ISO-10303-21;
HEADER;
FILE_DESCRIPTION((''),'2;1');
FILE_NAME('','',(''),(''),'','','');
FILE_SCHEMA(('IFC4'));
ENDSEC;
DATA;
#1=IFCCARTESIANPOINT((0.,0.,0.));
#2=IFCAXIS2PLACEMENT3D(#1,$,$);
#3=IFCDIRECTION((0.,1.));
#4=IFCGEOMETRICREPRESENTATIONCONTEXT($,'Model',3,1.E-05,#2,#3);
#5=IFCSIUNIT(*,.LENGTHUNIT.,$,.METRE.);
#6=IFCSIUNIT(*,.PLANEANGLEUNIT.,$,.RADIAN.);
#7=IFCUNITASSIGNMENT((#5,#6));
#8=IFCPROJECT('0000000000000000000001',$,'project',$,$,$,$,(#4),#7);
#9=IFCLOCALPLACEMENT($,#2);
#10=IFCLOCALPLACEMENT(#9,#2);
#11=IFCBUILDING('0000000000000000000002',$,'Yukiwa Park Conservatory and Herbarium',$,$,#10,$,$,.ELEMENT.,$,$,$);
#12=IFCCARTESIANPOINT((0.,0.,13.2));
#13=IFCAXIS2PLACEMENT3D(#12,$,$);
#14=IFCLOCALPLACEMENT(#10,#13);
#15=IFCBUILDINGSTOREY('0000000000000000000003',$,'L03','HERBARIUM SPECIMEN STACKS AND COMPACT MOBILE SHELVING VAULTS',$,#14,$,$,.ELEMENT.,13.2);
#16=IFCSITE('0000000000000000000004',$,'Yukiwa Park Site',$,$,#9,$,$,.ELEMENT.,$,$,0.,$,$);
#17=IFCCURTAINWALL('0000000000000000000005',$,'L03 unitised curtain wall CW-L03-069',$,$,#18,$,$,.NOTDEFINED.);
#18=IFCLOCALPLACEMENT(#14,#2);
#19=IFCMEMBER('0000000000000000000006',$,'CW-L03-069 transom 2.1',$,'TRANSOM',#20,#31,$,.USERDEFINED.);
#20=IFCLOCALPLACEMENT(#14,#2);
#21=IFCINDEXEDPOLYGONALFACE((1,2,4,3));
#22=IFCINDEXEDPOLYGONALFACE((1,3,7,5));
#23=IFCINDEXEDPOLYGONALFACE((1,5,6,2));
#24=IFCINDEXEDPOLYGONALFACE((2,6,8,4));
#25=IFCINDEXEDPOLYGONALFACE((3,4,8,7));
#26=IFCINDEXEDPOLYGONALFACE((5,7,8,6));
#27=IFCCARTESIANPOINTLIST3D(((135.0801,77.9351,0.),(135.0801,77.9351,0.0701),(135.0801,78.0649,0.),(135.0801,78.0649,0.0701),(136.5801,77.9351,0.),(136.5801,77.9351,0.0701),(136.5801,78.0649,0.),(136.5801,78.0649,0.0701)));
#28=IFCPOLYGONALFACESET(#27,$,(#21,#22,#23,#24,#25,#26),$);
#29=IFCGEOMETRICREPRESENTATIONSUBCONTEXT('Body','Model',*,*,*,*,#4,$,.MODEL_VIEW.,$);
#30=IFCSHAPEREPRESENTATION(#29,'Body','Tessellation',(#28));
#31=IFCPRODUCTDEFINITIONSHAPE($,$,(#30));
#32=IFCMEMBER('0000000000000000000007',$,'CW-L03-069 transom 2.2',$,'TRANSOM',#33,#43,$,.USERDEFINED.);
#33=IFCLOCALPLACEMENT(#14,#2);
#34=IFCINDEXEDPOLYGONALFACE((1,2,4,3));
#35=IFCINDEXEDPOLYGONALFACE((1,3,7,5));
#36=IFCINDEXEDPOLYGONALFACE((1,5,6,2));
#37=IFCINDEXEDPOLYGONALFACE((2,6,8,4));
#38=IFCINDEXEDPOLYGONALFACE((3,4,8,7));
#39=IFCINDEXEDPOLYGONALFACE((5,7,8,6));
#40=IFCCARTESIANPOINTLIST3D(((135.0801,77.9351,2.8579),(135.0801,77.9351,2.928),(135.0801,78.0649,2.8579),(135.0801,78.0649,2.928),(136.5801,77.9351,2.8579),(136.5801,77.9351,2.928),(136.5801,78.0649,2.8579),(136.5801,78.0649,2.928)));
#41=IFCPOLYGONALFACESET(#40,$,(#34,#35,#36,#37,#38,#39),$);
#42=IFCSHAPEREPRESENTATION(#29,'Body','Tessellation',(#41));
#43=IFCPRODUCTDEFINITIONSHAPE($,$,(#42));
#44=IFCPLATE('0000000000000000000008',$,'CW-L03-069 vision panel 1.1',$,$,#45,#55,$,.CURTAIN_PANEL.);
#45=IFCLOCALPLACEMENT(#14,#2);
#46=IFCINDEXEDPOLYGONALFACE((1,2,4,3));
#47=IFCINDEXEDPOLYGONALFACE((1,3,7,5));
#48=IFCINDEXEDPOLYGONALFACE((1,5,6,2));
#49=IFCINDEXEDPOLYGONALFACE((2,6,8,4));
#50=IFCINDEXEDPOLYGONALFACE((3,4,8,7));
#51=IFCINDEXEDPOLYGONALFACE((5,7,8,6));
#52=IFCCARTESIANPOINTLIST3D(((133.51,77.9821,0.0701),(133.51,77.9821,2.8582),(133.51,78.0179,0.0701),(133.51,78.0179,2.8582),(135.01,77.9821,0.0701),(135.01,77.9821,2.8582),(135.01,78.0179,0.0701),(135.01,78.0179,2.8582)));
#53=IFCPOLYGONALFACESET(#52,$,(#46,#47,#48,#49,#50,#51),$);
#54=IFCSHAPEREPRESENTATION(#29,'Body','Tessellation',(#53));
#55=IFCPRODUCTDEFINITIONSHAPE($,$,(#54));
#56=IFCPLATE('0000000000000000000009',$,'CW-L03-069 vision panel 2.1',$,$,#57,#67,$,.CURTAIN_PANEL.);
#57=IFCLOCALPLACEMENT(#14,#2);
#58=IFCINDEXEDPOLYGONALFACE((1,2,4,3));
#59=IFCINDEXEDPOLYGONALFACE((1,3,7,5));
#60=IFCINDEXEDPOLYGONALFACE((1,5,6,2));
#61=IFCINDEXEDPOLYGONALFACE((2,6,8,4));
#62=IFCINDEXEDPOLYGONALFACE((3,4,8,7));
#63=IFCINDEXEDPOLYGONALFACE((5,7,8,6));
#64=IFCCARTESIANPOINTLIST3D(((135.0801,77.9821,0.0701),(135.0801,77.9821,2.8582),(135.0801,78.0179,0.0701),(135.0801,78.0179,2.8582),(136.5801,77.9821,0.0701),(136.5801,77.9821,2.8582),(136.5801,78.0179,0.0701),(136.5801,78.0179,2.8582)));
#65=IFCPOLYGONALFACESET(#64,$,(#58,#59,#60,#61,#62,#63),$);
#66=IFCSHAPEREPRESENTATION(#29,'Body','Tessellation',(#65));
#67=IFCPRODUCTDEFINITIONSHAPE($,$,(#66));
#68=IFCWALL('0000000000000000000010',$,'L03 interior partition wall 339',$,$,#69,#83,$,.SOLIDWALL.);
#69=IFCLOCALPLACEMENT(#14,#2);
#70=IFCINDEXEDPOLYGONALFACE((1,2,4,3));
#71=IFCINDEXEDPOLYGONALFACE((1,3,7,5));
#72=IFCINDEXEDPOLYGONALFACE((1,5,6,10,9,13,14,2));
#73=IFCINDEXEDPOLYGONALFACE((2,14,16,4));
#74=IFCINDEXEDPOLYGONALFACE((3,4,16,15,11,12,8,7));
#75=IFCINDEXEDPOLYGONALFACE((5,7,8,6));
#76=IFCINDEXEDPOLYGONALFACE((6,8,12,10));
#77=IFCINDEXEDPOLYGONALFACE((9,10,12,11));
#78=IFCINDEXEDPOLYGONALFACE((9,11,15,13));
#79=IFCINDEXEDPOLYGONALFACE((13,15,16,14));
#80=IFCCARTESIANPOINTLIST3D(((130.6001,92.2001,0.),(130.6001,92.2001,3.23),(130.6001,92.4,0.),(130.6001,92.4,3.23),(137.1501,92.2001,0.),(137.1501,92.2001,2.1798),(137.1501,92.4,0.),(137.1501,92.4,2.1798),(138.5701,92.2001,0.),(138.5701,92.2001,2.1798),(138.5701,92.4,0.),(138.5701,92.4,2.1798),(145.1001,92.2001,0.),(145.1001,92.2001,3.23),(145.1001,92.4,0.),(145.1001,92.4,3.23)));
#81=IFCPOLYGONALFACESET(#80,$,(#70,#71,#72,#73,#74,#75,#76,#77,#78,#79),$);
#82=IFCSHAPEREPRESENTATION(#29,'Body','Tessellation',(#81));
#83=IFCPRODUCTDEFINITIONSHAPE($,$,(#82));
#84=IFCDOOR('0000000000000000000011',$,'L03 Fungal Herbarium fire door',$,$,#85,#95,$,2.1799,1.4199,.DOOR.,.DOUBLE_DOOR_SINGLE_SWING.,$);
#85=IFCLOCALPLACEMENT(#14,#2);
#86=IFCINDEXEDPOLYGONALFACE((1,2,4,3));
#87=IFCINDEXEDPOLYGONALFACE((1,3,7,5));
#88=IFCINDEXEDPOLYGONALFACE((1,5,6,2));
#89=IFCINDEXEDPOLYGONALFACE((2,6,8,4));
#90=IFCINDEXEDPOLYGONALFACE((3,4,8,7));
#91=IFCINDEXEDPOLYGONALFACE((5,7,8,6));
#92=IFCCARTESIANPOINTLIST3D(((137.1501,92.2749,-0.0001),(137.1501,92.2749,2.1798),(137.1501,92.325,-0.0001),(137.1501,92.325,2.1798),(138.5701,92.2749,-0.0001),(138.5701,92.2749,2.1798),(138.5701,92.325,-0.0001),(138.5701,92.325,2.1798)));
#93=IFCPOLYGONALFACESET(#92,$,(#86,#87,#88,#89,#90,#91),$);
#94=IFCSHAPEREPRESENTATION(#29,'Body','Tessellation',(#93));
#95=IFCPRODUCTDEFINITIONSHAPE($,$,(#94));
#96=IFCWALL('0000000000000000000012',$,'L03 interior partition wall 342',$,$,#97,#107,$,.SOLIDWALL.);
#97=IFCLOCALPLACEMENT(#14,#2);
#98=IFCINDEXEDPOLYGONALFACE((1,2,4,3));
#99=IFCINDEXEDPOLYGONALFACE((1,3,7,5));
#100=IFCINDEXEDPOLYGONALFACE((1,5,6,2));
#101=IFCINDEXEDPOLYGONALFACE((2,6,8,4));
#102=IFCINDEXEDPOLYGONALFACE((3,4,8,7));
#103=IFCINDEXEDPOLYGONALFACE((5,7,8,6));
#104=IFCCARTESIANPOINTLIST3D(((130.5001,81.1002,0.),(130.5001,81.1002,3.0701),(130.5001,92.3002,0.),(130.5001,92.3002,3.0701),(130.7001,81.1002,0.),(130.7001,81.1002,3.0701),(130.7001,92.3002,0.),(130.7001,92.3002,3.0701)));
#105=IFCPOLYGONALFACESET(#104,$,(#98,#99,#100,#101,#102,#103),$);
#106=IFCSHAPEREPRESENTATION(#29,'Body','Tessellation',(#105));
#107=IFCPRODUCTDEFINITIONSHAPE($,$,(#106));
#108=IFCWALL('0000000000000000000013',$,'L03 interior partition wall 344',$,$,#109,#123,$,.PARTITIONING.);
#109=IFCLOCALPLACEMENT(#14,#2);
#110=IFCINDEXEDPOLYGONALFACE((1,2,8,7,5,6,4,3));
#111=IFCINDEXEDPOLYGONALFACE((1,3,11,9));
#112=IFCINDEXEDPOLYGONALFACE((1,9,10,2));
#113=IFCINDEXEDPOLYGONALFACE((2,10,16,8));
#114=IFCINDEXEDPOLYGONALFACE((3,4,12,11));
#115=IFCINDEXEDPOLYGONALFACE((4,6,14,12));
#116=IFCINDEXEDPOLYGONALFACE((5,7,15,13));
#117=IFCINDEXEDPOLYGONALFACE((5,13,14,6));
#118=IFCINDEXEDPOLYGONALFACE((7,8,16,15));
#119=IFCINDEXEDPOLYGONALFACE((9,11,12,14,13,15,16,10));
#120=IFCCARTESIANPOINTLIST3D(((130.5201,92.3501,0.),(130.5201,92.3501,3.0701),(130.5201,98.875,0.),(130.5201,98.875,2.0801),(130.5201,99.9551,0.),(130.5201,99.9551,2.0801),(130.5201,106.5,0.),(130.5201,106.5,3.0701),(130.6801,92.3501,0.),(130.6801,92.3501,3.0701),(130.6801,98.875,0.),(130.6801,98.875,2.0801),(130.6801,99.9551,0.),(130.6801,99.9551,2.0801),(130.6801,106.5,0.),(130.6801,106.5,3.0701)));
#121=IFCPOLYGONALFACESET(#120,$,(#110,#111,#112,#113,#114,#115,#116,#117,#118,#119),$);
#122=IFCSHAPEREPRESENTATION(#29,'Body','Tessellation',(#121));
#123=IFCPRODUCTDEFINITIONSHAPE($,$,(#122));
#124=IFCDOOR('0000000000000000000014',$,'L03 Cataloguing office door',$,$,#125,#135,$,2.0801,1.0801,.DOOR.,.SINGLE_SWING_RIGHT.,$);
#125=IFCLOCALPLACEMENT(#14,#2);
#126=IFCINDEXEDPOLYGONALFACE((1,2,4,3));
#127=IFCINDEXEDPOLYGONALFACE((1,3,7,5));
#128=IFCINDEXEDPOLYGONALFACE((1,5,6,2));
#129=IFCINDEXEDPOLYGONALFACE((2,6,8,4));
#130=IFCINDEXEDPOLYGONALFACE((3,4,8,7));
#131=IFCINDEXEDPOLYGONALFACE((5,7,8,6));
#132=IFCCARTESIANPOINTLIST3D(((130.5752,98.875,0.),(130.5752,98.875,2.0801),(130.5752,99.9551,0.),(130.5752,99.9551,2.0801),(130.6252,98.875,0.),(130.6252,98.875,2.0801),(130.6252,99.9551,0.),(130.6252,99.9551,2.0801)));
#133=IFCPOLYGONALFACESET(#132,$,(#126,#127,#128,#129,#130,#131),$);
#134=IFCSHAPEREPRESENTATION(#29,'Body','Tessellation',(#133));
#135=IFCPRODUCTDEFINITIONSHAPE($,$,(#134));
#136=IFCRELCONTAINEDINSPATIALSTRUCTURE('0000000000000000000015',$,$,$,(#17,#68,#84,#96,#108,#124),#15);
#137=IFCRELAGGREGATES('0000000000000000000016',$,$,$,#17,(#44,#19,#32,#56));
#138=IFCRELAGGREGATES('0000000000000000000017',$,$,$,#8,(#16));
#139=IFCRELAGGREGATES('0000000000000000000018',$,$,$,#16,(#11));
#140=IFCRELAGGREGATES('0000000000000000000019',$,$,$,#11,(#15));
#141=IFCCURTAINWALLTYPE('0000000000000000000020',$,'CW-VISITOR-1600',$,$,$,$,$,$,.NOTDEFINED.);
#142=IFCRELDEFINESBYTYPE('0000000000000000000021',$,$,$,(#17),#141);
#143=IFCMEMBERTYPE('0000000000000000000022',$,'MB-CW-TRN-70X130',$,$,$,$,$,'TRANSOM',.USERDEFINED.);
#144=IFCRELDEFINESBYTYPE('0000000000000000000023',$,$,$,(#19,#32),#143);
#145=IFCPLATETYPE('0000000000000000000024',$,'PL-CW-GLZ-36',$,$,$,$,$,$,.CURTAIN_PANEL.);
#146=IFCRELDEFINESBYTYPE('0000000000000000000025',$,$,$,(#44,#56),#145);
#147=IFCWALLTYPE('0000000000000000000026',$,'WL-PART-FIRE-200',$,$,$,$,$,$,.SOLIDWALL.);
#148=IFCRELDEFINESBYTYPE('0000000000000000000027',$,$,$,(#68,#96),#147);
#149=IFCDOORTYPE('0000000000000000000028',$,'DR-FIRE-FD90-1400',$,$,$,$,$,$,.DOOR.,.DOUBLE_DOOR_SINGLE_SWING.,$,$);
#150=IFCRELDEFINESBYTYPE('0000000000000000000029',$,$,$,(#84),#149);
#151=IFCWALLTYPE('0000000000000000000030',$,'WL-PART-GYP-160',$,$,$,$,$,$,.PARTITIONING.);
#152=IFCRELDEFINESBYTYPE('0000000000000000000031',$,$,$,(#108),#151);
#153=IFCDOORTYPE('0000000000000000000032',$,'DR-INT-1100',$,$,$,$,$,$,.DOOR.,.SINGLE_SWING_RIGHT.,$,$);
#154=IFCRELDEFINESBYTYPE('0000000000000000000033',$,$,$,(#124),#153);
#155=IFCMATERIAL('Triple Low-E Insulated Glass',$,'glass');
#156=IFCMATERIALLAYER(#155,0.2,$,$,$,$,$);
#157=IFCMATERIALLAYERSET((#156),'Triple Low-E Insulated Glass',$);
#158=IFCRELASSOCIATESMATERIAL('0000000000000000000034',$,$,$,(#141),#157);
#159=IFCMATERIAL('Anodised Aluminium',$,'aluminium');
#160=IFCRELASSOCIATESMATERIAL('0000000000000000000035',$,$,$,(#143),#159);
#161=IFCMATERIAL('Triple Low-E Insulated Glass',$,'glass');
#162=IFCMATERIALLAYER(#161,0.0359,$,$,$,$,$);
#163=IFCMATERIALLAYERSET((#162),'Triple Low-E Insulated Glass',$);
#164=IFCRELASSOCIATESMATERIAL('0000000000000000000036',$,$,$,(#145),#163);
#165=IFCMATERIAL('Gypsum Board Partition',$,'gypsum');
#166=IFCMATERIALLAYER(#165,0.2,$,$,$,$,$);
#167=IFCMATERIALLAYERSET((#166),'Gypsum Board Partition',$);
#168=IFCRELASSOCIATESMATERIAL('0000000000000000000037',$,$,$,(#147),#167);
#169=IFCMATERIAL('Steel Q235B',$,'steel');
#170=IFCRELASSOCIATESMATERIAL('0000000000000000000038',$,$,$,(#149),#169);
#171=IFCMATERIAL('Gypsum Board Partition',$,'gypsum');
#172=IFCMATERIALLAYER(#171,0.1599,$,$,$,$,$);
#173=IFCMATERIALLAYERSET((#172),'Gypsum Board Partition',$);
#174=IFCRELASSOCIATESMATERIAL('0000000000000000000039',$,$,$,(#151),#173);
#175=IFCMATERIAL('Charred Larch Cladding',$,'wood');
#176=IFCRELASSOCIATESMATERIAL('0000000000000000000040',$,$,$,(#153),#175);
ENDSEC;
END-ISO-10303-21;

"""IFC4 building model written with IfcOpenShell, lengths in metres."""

from ifc_helpers import new_model, si_unit, direction, frame, frame_2d, origin, origin_2d, place, context, subcontext, project, spatial, rectangle, extrude, material, layer, layer_set, type_object, element, fill, aggregate, save


model = new_model("IFC4")

# Units and contexts
model_context = context("Model", 3, precision=1e-05, world=origin(), true_north=direction((0.0, 1.0)))
body_context = subcontext(model_context, "Body", "Model", "MODEL_VIEW")
ifc_project = project(units=[si_unit("LENGTHUNIT", "METRE"), si_unit("PLANEANGLEUNIT", "RADIAN")], contexts=[model_context])

# Site, building, storey
site_placement = place(None, origin())
site = spatial("IfcSite", under=ifc_project, at=site_placement, Name="Yukiwa Park Site", CompositionType="ELEMENT", RefElevation=0.0)
building_placement = place(site_placement, origin())
building = spatial("IfcBuilding", under=site, at=building_placement, Name="Yukiwa Park Conservatory and Herbarium", CompositionType="ELEMENT")
storey_placement = place(building_placement, frame((0.0, 0.0, 13.2)))
storey = spatial("IfcBuildingStorey", under=building, at=storey_placement, Name="L03", Description="HERBARIUM SPECIMEN STACKS AND COMPACT MOBILE SHELVING VAULTS", CompositionType="ELEMENT", Elevation=13.2)

# Curtain wall, members, plates
ifc_material_1 = material(Name="Triple Low-E Insulated Glass", Category="glass")
ifc_layer_1 = layer(ifc_material_1, 0.2)
ifc_layer_set_1 = layer_set([ifc_layer_1], Name="Triple Low-E Insulated Glass")
curtain_wall_type = type_object("IfcCurtainWallType", Name="CW-VISITOR-1600", PredefinedType="NOTDEFINED", material=ifc_layer_set_1)
curtain_wall_placement = place(storey_placement, origin())
curtain_wall = element("IfcCurtainWall", 1, at=curtain_wall_placement, inside=storey, type_object=curtain_wall_type, Name="L03 unitised curtain wall CW-L03-069", PredefinedType="NOTDEFINED")
ifc_material_2 = material(Name="Anodised Aluminium", Category="aluminium")
member_type_1 = type_object("IfcMemberType", Name="MB-CW-TRN-70X130", ElementType="TRANSOM", PredefinedType="USERDEFINED", material=ifc_material_2)
member_1_placement = place(storey_placement, frame((135.8301, 78.0, 0.0), z_axis=(0.0, 0.0, 1.0), x_axis=(1.0, 0.0, 0.0)))
member_1 = element("IfcMember", 2, at=member_1_placement, type_object=member_type_1, Name="CW-L03-069 transom 2.1", ObjectType="TRANSOM", PredefinedType="USERDEFINED", context=body_context, shape_type="SweptSolid", body=[
    extrude(rectangle(XDim=1.5, YDim=0.1299, at=origin_2d()), origin(), (0.0, 0.0, 1.0), 0.0701),
])
member_2_placement = place(storey_placement, frame((135.8301, 78.0, 2.8579), z_axis=(0.0, 0.0, 1.0), x_axis=(1.0, 0.0, 0.0)))
member_2 = element("IfcMember", 3, at=member_2_placement, type_object=member_type_1, Name="CW-L03-069 transom 2.2", ObjectType="TRANSOM", PredefinedType="USERDEFINED", context=body_context, shape_type="SweptSolid", body=[
    extrude(rectangle(XDim=1.5, YDim=0.1299, at=origin_2d()), origin(), (0.0, 0.0, 1.0), 0.0701),
])
ifc_material_3 = material(Name="Triple Low-E Insulated Glass", Category="glass")
ifc_layer_2 = layer(ifc_material_3, 0.0359)
ifc_layer_set_2 = layer_set([ifc_layer_2], Name="Triple Low-E Insulated Glass")
plate_type = type_object("IfcPlateType", Name="PL-CW-GLZ-36", PredefinedType="CURTAIN_PANEL", material=ifc_layer_set_2)
plate_1_placement = place(storey_placement, frame((134.26, 78.0, 0.0701), z_axis=(0.0, 0.0, 1.0), x_axis=(1.0, 0.0, 0.0)))
plate_1 = element("IfcPlate", 4, at=plate_1_placement, type_object=plate_type, Name="CW-L03-069 vision panel 1.1", PredefinedType="CURTAIN_PANEL", context=body_context, shape_type="SweptSolid", body=[
    extrude(rectangle(XDim=1.5, YDim=0.0359, at=origin_2d()), origin(), (0.0, 0.0, 1.0), 2.7881),
])
plate_2_placement = place(storey_placement, frame((135.8301, 78.0, 0.0701), z_axis=(0.0, 0.0, 1.0), x_axis=(1.0, 0.0, 0.0)))
plate_2 = element("IfcPlate", 5, at=plate_2_placement, type_object=plate_type, Name="CW-L03-069 vision panel 2.1", PredefinedType="CURTAIN_PANEL", context=body_context, shape_type="SweptSolid", body=[
    extrude(rectangle(XDim=1.5, YDim=0.0359, at=origin_2d()), origin(), (0.0, 0.0, 1.0), 2.7881),
])
aggregate(curtain_wall, [plate_1, member_1, member_2, plate_2])

# Wall, opening, door
ifc_material_4 = material(Name="Gypsum Board Partition", Category="gypsum")
ifc_layer_3 = layer(ifc_material_4, 0.2)
ifc_layer_set_3 = layer_set([ifc_layer_3], Name="Gypsum Board Partition")
wall_type_1 = type_object("IfcWallType", Name="WL-PART-FIRE-200", PredefinedType="SOLIDWALL", material=ifc_layer_set_3)
wall_1_placement = place(storey_placement, frame((130.6001, 92.3, 0.0), z_axis=(0.0, 0.0, 1.0), x_axis=(1.0, 0.0, 0.0)))
wall_1 = element("IfcWall", 6, at=wall_1_placement, inside=storey, type_object=wall_type_1, Name="L03 interior partition wall 339", PredefinedType="SOLIDWALL", context=body_context, shape_type="SweptSolid", body=[
    extrude(rectangle(XDim=14.5, YDim=0.2, at=frame_2d((7.25, 0.0))), origin(), (0.0, 0.0, 1.0), 3.23),
])
opening_1_placement = place(wall_1_placement, frame((6.55, 0.0, 0.0)))
opening_1 = element("IfcOpeningElement", 7, at=opening_1_placement, cuts=wall_1, PredefinedType="OPENING", context=body_context, shape_type="SweptSolid", body=[
    extrude(rectangle(XDim=1.4199, YDim=2.1799, at=frame_2d((0.71, 1.0898))), frame((0.0, 0.1099, 0.0), z_axis=(0.0, -1.0, 0.0), x_axis=(1.0, 0.0, 0.0)), (0.0, 0.0, 1.0), 0.22),
])
ifc_material_5 = material(Name="Steel Q235B", Category="steel")
door_type_1 = type_object("IfcDoorType", Name="DR-FIRE-FD90-1400", OperationType="DOUBLE_DOOR_SINGLE_SWING", PredefinedType="DOOR", material=ifc_material_5)
door_1_placement = place(opening_1_placement, origin())
door_1 = element("IfcDoor", 8, at=door_1_placement, inside=storey, type_object=door_type_1, Name="L03 Fungal Herbarium fire door", OperationType="DOUBLE_DOOR_SINGLE_SWING", OverallHeight=2.1799, OverallWidth=1.4199, PredefinedType="DOOR", context=body_context, shape_type="SweptSolid", body=[
    extrude(rectangle(XDim=1.4199, YDim=2.1799, at=frame_2d((0.71, 1.0898))), frame((0.0, 0.0249, 0.0), z_axis=(0.0, -1.0, 0.0), x_axis=(1.0, 0.0, 0.0)), (0.0, 0.0, 1.0), 0.05),
])
fill(opening_1, door_1)

# Wall
wall_2_placement = place(storey_placement, frame((130.6001, 81.1001, 0.0), z_axis=(0.0, 0.0, 1.0), x_axis=(0.0, 1.0, 0.0)))
element("IfcWall", 9, at=wall_2_placement, inside=storey, type_object=wall_type_1, Name="L03 interior partition wall 342", PredefinedType="SOLIDWALL", context=body_context, shape_type="SweptSolid", body=[
    extrude(rectangle(XDim=11.2, YDim=0.2, at=frame_2d((5.6001, 0.0))), origin(), (0.0, 0.0, 1.0), 3.0701),
])

# Wall, opening, door
ifc_material_6 = material(Name="Gypsum Board Partition", Category="gypsum")
ifc_layer_4 = layer(ifc_material_6, 0.1599)
ifc_layer_set_4 = layer_set([ifc_layer_4], Name="Gypsum Board Partition")
wall_type_2 = type_object("IfcWallType", Name="WL-PART-GYP-160", PredefinedType="PARTITIONING", material=ifc_layer_set_4)
wall_3_placement = place(storey_placement, frame((130.6001, 92.3501, 0.0), z_axis=(0.0, 0.0, 1.0), x_axis=(0.0, 1.0, 0.0)))
wall_3 = element("IfcWall", 10, at=wall_3_placement, inside=storey, type_object=wall_type_2, Name="L03 interior partition wall 344", PredefinedType="PARTITIONING", context=body_context, shape_type="SweptSolid", body=[
    extrude(rectangle(XDim=14.1499, YDim=0.1599, at=frame_2d((7.075, 0.0))), origin(), (0.0, 0.0, 1.0), 3.0701),
])
opening_2_placement = place(wall_3_placement, frame((6.5249, 0.0, 0.0)))
opening_2 = element("IfcOpeningElement", 11, at=opening_2_placement, cuts=wall_3, PredefinedType="OPENING", context=body_context, shape_type="SweptSolid", body=[
    extrude(rectangle(XDim=1.0801, YDim=2.0801, at=frame_2d((0.54, 1.04))), frame((0.0, 0.0898, 0.0), z_axis=(0.0, -1.0, 0.0), x_axis=(1.0, 0.0, 0.0)), (0.0, 0.0, 1.0), 0.1799),
])
ifc_material_7 = material(Name="Charred Larch Cladding", Category="wood")
door_type_2 = type_object("IfcDoorType", Name="DR-INT-1100", OperationType="SINGLE_SWING_RIGHT", PredefinedType="DOOR", material=ifc_material_7)
door_2_placement = place(opening_2_placement, origin())
door_2 = element("IfcDoor", 12, at=door_2_placement, inside=storey, type_object=door_type_2, Name="L03 Cataloguing office door", OperationType="SINGLE_SWING_RIGHT", OverallHeight=2.0801, OverallWidth=1.0801, PredefinedType="DOOR", context=body_context, shape_type="SweptSolid", body=[
    extrude(rectangle(XDim=1.0801, YDim=2.0801, at=frame_2d((0.54, 1.04))), frame((0.0, 0.0249, 0.0), z_axis=(0.0, -1.0, 0.0), x_axis=(1.0, 0.0, 0.0)), (0.0, 0.0, 1.0), 0.05),
])
fill(opening_2, door_2)

save(model, "model.ifc")
